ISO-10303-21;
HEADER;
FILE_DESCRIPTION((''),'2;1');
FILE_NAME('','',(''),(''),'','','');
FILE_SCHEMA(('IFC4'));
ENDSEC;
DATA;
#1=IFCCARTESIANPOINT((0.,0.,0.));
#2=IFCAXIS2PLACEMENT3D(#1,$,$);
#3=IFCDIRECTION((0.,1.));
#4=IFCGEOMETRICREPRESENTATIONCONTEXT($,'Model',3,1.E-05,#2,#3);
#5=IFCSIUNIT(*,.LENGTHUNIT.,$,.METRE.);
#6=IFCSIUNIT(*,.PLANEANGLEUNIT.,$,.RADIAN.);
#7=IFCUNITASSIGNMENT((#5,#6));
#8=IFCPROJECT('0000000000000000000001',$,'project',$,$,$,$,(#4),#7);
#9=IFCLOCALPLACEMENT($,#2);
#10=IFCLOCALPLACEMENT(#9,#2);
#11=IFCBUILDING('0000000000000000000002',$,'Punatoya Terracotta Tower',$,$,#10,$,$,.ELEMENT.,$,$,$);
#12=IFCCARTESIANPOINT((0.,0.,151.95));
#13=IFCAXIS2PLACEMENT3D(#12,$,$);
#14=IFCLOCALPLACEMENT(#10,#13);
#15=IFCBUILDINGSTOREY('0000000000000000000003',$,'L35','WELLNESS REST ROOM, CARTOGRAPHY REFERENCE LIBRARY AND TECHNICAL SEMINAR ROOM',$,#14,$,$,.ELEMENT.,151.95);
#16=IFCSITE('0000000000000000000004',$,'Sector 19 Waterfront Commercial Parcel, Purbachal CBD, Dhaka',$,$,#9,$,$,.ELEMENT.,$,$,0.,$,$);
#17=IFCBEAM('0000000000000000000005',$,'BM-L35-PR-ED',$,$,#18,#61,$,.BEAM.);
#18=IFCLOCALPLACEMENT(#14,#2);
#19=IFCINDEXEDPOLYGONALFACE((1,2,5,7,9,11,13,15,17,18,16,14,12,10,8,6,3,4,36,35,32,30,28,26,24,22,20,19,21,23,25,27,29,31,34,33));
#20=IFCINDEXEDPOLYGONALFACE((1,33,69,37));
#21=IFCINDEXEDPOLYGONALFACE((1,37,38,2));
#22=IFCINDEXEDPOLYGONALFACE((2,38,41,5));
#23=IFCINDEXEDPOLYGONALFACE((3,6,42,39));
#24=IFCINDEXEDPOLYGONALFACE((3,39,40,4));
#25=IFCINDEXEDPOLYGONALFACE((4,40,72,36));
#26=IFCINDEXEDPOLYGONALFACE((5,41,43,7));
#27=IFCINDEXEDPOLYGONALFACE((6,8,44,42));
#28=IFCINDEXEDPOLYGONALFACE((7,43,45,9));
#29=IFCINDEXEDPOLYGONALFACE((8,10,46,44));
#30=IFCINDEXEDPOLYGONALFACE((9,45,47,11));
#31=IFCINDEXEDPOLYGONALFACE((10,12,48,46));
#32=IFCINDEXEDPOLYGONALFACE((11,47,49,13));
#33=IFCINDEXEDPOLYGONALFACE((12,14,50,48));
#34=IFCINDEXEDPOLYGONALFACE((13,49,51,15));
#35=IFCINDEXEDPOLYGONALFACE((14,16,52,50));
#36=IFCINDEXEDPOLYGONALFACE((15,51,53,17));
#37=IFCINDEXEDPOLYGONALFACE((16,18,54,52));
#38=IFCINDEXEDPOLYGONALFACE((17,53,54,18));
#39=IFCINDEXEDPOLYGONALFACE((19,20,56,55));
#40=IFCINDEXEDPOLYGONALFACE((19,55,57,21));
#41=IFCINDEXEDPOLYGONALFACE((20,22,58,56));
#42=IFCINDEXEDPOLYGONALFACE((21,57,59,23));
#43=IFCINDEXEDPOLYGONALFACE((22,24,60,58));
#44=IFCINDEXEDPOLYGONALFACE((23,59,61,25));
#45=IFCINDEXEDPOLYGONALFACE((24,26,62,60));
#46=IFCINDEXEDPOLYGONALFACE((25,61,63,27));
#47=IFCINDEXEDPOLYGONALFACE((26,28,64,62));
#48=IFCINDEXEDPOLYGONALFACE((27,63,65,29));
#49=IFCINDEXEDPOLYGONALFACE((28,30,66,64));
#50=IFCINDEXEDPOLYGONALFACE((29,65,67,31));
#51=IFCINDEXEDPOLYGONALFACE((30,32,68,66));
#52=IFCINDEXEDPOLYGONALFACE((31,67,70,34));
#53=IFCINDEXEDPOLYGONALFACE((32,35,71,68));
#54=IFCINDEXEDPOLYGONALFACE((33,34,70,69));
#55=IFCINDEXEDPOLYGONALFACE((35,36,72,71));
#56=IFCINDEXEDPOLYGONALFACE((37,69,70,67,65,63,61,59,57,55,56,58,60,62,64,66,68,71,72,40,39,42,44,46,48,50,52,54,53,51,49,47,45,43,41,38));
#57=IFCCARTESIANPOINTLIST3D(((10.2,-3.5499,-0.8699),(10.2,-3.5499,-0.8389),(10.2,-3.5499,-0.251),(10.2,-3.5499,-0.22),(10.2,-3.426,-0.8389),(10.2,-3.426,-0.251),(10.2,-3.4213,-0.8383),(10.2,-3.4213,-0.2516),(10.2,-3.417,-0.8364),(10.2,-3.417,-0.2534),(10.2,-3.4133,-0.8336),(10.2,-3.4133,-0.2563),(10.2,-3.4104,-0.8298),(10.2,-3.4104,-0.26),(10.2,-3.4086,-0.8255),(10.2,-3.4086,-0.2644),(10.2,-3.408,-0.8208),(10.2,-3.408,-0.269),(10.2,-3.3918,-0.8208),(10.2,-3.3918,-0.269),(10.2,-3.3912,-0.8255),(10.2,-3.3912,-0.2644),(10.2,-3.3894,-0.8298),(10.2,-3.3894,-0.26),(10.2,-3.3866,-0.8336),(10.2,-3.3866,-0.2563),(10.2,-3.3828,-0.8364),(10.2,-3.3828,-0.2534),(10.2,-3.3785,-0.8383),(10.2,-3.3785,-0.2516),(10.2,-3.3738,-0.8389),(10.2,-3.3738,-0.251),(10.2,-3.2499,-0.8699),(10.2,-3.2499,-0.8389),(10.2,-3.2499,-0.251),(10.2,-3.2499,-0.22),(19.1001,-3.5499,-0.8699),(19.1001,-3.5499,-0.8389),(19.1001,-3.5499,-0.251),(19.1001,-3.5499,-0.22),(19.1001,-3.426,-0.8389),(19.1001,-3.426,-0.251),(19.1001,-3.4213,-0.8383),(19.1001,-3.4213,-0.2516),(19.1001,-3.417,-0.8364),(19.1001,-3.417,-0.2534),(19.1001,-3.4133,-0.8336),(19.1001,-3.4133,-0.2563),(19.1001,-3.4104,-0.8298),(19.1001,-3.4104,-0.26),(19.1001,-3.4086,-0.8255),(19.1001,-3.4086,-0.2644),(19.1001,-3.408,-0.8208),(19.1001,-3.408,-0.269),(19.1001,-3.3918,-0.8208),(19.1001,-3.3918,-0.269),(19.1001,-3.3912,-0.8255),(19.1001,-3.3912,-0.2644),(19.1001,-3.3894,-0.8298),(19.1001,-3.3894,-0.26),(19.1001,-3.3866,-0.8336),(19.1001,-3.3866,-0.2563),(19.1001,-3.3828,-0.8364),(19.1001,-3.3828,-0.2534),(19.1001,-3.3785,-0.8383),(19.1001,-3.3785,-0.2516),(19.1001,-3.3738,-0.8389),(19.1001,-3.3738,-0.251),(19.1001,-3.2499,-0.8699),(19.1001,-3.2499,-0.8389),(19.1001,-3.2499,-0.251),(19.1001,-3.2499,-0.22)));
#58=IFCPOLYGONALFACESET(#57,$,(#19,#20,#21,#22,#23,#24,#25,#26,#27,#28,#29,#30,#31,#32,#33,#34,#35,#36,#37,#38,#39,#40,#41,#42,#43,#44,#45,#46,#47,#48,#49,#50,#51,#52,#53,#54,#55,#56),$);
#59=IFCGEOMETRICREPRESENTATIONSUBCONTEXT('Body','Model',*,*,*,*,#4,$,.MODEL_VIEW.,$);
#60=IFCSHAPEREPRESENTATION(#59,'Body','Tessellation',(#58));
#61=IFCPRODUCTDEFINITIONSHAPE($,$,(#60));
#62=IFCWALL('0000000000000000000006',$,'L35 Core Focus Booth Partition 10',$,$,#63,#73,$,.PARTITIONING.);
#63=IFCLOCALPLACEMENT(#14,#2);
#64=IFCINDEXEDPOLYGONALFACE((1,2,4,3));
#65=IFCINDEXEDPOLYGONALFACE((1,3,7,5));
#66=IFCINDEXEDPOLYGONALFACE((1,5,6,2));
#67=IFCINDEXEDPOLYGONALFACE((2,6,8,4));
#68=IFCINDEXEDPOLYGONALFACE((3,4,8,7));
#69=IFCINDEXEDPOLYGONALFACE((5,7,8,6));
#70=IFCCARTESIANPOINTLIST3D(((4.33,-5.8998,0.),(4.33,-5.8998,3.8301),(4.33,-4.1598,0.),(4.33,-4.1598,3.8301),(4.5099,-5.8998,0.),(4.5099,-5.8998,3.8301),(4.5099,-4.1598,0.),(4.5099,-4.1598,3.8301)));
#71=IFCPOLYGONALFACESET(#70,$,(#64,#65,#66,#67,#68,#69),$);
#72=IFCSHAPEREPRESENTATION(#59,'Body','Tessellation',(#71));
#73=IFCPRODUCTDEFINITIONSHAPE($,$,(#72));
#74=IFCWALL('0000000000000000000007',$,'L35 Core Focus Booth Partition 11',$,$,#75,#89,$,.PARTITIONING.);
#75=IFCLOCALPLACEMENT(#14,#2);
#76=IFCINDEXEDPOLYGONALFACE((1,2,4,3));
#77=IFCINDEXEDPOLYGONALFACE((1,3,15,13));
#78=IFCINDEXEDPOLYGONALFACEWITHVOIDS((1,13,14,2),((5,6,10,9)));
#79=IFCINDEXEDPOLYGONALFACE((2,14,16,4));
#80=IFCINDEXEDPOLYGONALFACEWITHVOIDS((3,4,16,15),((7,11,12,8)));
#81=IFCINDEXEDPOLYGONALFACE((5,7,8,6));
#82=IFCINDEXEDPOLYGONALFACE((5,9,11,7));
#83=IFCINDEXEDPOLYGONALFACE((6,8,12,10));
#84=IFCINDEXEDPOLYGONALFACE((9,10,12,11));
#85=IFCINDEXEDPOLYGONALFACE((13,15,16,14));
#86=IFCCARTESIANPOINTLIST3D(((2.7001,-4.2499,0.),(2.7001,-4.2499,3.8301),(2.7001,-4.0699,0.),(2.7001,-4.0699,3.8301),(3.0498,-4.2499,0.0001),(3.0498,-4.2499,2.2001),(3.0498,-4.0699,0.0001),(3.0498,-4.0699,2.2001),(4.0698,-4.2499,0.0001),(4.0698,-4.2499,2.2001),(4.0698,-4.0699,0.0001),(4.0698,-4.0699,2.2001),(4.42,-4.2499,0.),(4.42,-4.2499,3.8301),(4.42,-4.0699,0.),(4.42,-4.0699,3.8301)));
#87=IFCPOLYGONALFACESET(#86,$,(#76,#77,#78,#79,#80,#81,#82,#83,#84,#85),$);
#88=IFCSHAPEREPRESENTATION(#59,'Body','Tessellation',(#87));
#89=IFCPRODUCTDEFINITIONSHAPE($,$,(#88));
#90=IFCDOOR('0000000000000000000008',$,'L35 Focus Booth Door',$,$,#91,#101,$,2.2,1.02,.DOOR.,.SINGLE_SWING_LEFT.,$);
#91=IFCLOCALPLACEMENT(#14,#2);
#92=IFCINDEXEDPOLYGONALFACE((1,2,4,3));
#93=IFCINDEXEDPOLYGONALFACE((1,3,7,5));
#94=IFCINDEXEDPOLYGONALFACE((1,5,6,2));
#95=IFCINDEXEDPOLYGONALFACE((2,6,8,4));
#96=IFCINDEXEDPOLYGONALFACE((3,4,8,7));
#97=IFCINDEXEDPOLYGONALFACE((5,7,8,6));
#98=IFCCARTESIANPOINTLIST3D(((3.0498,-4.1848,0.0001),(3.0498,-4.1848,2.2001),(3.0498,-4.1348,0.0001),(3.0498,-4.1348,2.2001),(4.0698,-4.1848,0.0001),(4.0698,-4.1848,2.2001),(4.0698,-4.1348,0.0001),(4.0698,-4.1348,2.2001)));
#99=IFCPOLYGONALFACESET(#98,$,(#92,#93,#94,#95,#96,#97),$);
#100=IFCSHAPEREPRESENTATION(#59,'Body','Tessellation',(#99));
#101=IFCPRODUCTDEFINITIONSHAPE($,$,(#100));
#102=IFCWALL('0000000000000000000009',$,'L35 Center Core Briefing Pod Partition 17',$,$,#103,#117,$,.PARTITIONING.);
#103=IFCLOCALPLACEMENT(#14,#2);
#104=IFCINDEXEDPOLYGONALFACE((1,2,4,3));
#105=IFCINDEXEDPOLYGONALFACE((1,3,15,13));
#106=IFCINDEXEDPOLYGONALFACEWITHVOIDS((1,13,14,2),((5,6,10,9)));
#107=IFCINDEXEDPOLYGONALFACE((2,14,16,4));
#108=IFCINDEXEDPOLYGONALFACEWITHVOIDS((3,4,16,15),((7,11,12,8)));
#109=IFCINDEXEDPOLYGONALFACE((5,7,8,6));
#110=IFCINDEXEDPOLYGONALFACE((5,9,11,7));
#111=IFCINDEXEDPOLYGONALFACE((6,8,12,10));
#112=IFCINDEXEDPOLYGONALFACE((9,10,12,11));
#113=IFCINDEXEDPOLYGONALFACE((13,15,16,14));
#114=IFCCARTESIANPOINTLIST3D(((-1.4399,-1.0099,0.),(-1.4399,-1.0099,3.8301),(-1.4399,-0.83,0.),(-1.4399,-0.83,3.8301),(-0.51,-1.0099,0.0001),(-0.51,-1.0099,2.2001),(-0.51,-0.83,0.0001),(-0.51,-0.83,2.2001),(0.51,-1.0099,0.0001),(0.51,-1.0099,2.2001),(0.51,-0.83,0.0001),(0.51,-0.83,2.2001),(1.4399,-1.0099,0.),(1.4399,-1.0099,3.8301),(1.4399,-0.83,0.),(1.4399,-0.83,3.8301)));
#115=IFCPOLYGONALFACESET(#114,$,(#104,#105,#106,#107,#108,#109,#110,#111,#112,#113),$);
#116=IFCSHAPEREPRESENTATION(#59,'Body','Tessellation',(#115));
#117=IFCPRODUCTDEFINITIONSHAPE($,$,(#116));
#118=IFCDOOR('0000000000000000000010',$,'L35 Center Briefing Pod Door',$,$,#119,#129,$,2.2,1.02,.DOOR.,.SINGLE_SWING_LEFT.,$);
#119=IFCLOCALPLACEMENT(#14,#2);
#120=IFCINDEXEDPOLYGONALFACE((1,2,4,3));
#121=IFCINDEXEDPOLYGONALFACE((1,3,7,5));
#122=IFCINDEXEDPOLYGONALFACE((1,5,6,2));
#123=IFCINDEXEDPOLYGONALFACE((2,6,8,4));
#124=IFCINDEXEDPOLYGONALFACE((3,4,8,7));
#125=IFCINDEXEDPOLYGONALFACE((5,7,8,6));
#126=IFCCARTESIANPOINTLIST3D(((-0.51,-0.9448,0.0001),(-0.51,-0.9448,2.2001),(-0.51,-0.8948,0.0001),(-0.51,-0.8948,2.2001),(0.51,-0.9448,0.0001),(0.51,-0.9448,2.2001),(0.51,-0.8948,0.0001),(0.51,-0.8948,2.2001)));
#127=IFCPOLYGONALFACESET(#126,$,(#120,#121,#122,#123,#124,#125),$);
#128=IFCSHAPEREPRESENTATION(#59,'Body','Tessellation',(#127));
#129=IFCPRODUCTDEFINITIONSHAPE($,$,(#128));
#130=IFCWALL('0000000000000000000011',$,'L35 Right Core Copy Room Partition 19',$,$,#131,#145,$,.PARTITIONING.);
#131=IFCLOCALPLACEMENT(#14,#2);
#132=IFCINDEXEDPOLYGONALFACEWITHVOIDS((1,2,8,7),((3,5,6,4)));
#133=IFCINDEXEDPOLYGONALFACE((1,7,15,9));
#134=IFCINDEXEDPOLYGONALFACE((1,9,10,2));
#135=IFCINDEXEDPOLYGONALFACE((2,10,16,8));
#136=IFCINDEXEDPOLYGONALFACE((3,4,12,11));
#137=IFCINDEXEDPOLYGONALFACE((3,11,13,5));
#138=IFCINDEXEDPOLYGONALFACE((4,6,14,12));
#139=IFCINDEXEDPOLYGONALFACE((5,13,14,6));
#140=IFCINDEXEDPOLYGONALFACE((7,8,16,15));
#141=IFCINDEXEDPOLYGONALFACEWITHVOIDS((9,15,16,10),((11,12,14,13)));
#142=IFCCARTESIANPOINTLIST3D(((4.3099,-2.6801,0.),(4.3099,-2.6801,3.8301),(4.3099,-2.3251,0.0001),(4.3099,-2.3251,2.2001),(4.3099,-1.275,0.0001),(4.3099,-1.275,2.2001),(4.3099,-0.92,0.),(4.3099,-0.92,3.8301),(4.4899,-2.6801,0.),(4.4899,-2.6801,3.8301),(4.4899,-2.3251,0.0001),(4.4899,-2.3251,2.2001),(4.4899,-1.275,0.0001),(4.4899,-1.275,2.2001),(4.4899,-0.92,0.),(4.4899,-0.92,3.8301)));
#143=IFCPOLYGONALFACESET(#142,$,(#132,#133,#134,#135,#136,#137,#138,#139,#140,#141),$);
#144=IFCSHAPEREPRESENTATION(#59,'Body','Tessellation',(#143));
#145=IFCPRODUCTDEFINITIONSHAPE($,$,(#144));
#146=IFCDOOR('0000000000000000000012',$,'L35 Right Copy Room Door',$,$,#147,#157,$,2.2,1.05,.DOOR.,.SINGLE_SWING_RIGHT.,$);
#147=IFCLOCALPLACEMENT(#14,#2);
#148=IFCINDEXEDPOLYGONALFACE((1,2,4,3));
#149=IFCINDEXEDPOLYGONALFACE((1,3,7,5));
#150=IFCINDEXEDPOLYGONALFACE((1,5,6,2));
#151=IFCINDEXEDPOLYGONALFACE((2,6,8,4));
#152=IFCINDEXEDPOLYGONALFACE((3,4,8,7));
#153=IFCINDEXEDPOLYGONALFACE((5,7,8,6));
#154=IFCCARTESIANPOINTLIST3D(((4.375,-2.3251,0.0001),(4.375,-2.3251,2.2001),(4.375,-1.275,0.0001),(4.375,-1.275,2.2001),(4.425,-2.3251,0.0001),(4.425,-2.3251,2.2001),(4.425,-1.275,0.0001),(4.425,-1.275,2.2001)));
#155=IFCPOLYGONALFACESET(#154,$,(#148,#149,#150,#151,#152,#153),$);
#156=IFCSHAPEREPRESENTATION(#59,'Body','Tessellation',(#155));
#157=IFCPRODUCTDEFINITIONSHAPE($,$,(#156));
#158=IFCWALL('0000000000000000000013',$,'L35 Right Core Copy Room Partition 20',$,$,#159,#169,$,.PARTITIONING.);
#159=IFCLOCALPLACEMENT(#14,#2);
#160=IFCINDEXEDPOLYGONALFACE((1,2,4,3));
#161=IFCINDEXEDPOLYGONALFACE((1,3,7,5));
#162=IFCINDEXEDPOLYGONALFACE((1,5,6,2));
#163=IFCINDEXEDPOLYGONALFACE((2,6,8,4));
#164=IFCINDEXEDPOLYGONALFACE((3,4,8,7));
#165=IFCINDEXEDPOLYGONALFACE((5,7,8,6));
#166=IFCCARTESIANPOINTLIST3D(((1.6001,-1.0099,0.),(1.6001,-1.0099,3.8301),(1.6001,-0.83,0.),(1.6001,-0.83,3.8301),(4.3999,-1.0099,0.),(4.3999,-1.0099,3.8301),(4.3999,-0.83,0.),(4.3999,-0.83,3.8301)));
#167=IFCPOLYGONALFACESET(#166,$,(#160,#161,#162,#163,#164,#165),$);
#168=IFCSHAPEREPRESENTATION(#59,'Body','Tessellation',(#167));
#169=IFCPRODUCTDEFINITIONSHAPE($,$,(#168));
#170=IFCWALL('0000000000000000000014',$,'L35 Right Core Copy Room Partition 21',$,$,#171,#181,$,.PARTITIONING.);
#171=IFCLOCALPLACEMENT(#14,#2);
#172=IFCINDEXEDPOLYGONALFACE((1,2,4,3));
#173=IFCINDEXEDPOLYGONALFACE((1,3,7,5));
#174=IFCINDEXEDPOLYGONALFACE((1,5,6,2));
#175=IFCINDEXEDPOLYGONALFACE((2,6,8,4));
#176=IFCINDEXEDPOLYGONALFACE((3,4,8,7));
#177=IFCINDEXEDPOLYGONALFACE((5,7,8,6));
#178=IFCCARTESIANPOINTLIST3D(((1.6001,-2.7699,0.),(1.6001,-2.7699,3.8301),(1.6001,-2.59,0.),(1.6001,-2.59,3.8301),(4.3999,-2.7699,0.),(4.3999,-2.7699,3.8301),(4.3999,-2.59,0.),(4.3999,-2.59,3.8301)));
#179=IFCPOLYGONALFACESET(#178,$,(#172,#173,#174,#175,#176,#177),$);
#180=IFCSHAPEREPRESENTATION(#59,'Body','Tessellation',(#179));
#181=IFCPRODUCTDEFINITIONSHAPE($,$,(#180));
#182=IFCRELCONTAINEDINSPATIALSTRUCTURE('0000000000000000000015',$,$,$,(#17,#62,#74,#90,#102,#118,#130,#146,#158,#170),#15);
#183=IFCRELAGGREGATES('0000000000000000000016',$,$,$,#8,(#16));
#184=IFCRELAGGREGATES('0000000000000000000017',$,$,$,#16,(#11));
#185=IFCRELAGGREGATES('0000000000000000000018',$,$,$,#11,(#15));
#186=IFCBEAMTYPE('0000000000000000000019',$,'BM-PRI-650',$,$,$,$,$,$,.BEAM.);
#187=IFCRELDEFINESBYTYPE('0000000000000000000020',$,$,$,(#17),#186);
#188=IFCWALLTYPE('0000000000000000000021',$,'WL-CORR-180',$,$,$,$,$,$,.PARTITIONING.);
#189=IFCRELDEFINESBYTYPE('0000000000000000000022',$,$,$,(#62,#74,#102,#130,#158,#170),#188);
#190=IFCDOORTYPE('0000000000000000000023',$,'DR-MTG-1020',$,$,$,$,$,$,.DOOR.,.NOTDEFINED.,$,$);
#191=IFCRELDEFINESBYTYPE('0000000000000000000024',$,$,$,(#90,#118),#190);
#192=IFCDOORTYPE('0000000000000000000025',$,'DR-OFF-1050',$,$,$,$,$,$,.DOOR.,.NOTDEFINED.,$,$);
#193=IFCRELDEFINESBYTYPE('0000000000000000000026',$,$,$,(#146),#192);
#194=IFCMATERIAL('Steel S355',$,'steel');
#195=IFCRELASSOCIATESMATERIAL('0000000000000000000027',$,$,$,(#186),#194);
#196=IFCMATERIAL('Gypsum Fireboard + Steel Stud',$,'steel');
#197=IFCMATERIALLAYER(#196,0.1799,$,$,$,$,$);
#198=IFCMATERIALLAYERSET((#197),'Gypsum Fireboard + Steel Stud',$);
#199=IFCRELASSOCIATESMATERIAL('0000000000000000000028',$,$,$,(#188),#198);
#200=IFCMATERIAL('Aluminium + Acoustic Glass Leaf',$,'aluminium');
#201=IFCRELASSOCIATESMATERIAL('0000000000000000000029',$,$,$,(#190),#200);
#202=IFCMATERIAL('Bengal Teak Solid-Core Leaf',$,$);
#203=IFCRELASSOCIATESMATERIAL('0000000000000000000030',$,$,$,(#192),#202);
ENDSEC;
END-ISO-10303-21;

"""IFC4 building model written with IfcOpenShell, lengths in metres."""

from ifc_helpers import new_model, si_unit, direction, frame, frame_2d, origin, origin_2d, place, context, subcontext, project, spatial, rectangle, i_section, extrude, material, layer, layer_set, material_profile, profile_set, type_object, element, fill, save


model = new_model("IFC4")

# Units and contexts
model_context = context("Model", 3, precision=1e-05, world=origin(), true_north=direction((0.0, 1.0)))
body_context = subcontext(model_context, "Body", "Model", "MODEL_VIEW")
ifc_project = project(units=[si_unit("LENGTHUNIT", "METRE"), si_unit("PLANEANGLEUNIT", "RADIAN")], contexts=[model_context])

# Site, building, storey
site_placement = place(None, origin())
site = spatial("IfcSite", under=ifc_project, at=site_placement, Name="Sector 19 Waterfront Commercial Parcel, Purbachal CBD, Dhaka", CompositionType="ELEMENT", RefElevation=0.0)
building_placement = place(site_placement, origin())
building = spatial("IfcBuilding", under=site, at=building_placement, Name="Punatoya Terracotta Tower", CompositionType="ELEMENT")
storey_placement = place(building_placement, frame((0.0, 0.0, 151.95)))
storey = spatial("IfcBuildingStorey", under=building, at=storey_placement, Name="L35", Description="WELLNESS REST ROOM, CARTOGRAPHY REFERENCE LIBRARY AND TECHNICAL SEMINAR ROOM", CompositionType="ELEMENT", Elevation=151.95)

# Beam
ifc_material_1 = material(Name="Steel S355", Category="steel")
ifc_material_profile = material_profile(ifc_material_1, i_section(OverallWidth=0.3, OverallDepth=0.6499, WebThickness=0.0161, FlangeThickness=0.031, FilletRadius=0.0181, at=origin_2d()))
ifc_profile_set = profile_set([ifc_material_profile], Name="Steel S355")
beam_type = type_object("IfcBeamType", Name="BM-PRI-650", PredefinedType="BEAM", material=ifc_profile_set)
beam_placement = place(storey_placement, frame((10.2, -3.3999, -0.5449), z_axis=(1.0, 0.0, 0.0), x_axis=(0.0, 1.0, 0.0)))
element("IfcBeam", 1, at=beam_placement, inside=storey, type_object=beam_type, Name="BM-L35-PR-ED", PredefinedType="BEAM", context=body_context, shape_type="SweptSolid", body=[
    extrude(i_section(OverallWidth=0.3, OverallDepth=0.6499, WebThickness=0.0161, FlangeThickness=0.031, FilletRadius=0.0181, at=origin_2d()), origin(), (0.0, 0.0, 1.0), 8.9001),
])

# Wall
ifc_material_2 = material(Name="Gypsum Fireboard + Steel Stud", Category="steel")
ifc_layer_1 = layer(ifc_material_2, 0.1799)
ifc_layer_set_1 = layer_set([ifc_layer_1], Name="Gypsum Fireboard + Steel Stud")
wall_type_1 = type_object("IfcWallType", Name="WL-CORR-180", PredefinedType="PARTITIONING", material=ifc_layer_set_1)
wall_1_placement = place(storey_placement, frame((4.4199, -5.8999, 0.0), z_axis=(0.0, 0.0, 1.0), x_axis=(0.0, 1.0, 0.0)))
element("IfcWall", 2, at=wall_1_placement, inside=storey, type_object=wall_type_1, Name="L35 Core Focus Booth Partition 10", PredefinedType="PARTITIONING", context=body_context, shape_type="SweptSolid", body=[
    extrude(rectangle(XDim=1.74, YDim=0.1799, at=frame_2d((0.8701, 0.0))), origin(), (0.0, 0.0, 1.0), 3.8301),
])

# Walls, openings, doors
wall_2_placement = place(storey_placement, frame((4.4199, -4.1599, 0.0), z_axis=(0.0, 0.0, 1.0), x_axis=(-1.0, 0.0, 0.0)))
wall_2 = element("IfcWall", 3, at=wall_2_placement, inside=storey, type_object=wall_type_1, Name="L35 Core Focus Booth Partition 11", PredefinedType="PARTITIONING", context=body_context, shape_type="SweptSolid", body=[
    extrude(rectangle(XDim=1.72, YDim=0.1799, at=frame_2d((0.8599, 0.0))), origin(), (0.0, 0.0, 1.0), 3.8301),
])
opening_1_placement = place(wall_2_placement, frame((0.3501, 0.0, 0.0)))
opening_1 = element("IfcOpeningElement", 4, at=opening_1_placement, cuts=wall_2, PredefinedType="OPENING", context=body_context, shape_type="SweptSolid", body=[
    extrude(rectangle(XDim=1.02, YDim=2.2, at=frame_2d((0.51, 1.1001))), frame((0.0, 0.0999, 0.0), z_axis=(0.0, -1.0, 0.0), x_axis=(1.0, 0.0, 0.0)), (0.0, 0.0, 1.0), 0.2),
])
ifc_material_3 = material(Name="Aluminium + Acoustic Glass Leaf", Category="aluminium")
door_type_1 = type_object("IfcDoorType", Name="DR-MTG-1020", OperationType="NOTDEFINED", PredefinedType="DOOR", material=ifc_material_3)
door_1_placement = place(opening_1_placement, origin())
door_1 = element("IfcDoor", 5, at=door_1_placement, inside=storey, type_object=door_type_1, Name="L35 Focus Booth Door", OperationType="SINGLE_SWING_LEFT", OverallHeight=2.2, OverallWidth=1.02, PredefinedType="DOOR", context=body_context, shape_type="SweptSolid", body=[
    extrude(rectangle(XDim=1.02, YDim=2.2, at=frame_2d((0.51, 1.1001))), frame((0.0, 0.0249, 0.0), z_axis=(0.0, -1.0, 0.0), x_axis=(1.0, 0.0, 0.0)), (0.0, 0.0, 1.0), 0.05),
])
fill(opening_1, door_1)
wall_3_placement = place(storey_placement, frame((1.4399, -0.9199, 0.0), z_axis=(0.0, 0.0, 1.0), x_axis=(-1.0, 0.0, 0.0)))
wall_3 = element("IfcWall", 6, at=wall_3_placement, inside=storey, type_object=wall_type_1, Name="L35 Center Core Briefing Pod Partition 17", PredefinedType="PARTITIONING", context=body_context, shape_type="SweptSolid", body=[
    extrude(rectangle(XDim=2.8799, YDim=0.1799, at=frame_2d((1.4399, 0.0))), origin(), (0.0, 0.0, 1.0), 3.8301),
])
opening_2_placement = place(wall_3_placement, frame((0.9299, 0.0, 0.0)))
opening_2 = element("IfcOpeningElement", 7, at=opening_2_placement, cuts=wall_3, PredefinedType="OPENING", context=body_context, shape_type="SweptSolid", body=[
    extrude(rectangle(XDim=1.02, YDim=2.2, at=frame_2d((0.51, 1.1001))), frame((0.0, 0.0999, 0.0), z_axis=(0.0, -1.0, 0.0), x_axis=(1.0, 0.0, 0.0)), (0.0, 0.0, 1.0), 0.2),
])
door_2_placement = place(opening_2_placement, origin())
door_2 = element("IfcDoor", 8, at=door_2_placement, inside=storey, type_object=door_type_1, Name="L35 Center Briefing Pod Door", OperationType="SINGLE_SWING_LEFT", OverallHeight=2.2, OverallWidth=1.02, PredefinedType="DOOR", context=body_context, shape_type="SweptSolid", body=[
    extrude(rectangle(XDim=1.02, YDim=2.2, at=frame_2d((0.51, 1.1001))), frame((0.0, 0.0249, 0.0), z_axis=(0.0, -1.0, 0.0), x_axis=(1.0, 0.0, 0.0)), (0.0, 0.0, 1.0), 0.05),
])
fill(opening_2, door_2)
wall_4_placement = place(storey_placement, frame((4.3999, -2.6799, 0.0), z_axis=(0.0, 0.0, 1.0), x_axis=(0.0, 1.0, 0.0)))
wall_4 = element("IfcWall", 9, at=wall_4_placement, inside=storey, type_object=wall_type_1, Name="L35 Right Core Copy Room Partition 19", PredefinedType="PARTITIONING", context=body_context, shape_type="SweptSolid", body=[
    extrude(rectangle(XDim=1.76, YDim=0.1799, at=frame_2d((0.8799, 0.0))), origin(), (0.0, 0.0, 1.0), 3.8301),
])
opening_3_placement = place(wall_4_placement, frame((0.355, 0.0, 0.0)))
opening_3 = element("IfcOpeningElement", 10, at=opening_3_placement, cuts=wall_4, PredefinedType="OPENING", context=body_context, shape_type="SweptSolid", body=[
    extrude(rectangle(XDim=1.05, YDim=2.2, at=frame_2d((0.5249, 1.1001))), frame((0.0, 0.0999, 0.0), z_axis=(0.0, -1.0, 0.0), x_axis=(1.0, 0.0, 0.0)), (0.0, 0.0, 1.0), 0.2),
])
ifc_material_4 = material(Name="Bengal Teak Solid-Core Leaf")
door_type_2 = type_object("IfcDoorType", Name="DR-OFF-1050", OperationType="NOTDEFINED", PredefinedType="DOOR", material=ifc_material_4)
door_3_placement = place(opening_3_placement, origin())
door_3 = element("IfcDoor", 11, at=door_3_placement, inside=storey, type_object=door_type_2, Name="L35 Right Copy Room Door", OperationType="SINGLE_SWING_RIGHT", OverallHeight=2.2, OverallWidth=1.05, PredefinedType="DOOR", context=body_context, shape_type="SweptSolid", body=[
    extrude(rectangle(XDim=1.05, YDim=2.2, at=frame_2d((0.5249, 1.1001))), frame((0.0, 0.0249, 0.0), z_axis=(0.0, -1.0, 0.0), x_axis=(1.0, 0.0, 0.0)), (0.0, 0.0, 1.0), 0.05),
])
fill(opening_3, door_3)

# Walls
for number, where, z_axis, x_axis, name in (
    (12, (4.3999, -0.9199, 0.0), (0.0, 0.0, 1.0), (-1.0, 0.0, 0.0), "L35 Right Core Copy Room Partition 20"),
    (13, (1.6001, -2.6799, 0.0), (0.0, 0.0, 1.0), (1.0, 0.0, 0.0), "L35 Right Core Copy Room Partition 21"),
):
    element("IfcWall", number, at=place(storey_placement, frame(where, z_axis=z_axis, x_axis=x_axis)), inside=storey, type_object=wall_type_1, Name=name, PredefinedType="PARTITIONING", context=body_context, shape_type="SweptSolid", body=[
        extrude(rectangle(XDim=2.7998, YDim=0.1799, at=frame_2d((1.3999, 0.0))), origin(), (0.0, 0.0, 1.0), 3.8301),
    ])

save(model, "model.ifc")
